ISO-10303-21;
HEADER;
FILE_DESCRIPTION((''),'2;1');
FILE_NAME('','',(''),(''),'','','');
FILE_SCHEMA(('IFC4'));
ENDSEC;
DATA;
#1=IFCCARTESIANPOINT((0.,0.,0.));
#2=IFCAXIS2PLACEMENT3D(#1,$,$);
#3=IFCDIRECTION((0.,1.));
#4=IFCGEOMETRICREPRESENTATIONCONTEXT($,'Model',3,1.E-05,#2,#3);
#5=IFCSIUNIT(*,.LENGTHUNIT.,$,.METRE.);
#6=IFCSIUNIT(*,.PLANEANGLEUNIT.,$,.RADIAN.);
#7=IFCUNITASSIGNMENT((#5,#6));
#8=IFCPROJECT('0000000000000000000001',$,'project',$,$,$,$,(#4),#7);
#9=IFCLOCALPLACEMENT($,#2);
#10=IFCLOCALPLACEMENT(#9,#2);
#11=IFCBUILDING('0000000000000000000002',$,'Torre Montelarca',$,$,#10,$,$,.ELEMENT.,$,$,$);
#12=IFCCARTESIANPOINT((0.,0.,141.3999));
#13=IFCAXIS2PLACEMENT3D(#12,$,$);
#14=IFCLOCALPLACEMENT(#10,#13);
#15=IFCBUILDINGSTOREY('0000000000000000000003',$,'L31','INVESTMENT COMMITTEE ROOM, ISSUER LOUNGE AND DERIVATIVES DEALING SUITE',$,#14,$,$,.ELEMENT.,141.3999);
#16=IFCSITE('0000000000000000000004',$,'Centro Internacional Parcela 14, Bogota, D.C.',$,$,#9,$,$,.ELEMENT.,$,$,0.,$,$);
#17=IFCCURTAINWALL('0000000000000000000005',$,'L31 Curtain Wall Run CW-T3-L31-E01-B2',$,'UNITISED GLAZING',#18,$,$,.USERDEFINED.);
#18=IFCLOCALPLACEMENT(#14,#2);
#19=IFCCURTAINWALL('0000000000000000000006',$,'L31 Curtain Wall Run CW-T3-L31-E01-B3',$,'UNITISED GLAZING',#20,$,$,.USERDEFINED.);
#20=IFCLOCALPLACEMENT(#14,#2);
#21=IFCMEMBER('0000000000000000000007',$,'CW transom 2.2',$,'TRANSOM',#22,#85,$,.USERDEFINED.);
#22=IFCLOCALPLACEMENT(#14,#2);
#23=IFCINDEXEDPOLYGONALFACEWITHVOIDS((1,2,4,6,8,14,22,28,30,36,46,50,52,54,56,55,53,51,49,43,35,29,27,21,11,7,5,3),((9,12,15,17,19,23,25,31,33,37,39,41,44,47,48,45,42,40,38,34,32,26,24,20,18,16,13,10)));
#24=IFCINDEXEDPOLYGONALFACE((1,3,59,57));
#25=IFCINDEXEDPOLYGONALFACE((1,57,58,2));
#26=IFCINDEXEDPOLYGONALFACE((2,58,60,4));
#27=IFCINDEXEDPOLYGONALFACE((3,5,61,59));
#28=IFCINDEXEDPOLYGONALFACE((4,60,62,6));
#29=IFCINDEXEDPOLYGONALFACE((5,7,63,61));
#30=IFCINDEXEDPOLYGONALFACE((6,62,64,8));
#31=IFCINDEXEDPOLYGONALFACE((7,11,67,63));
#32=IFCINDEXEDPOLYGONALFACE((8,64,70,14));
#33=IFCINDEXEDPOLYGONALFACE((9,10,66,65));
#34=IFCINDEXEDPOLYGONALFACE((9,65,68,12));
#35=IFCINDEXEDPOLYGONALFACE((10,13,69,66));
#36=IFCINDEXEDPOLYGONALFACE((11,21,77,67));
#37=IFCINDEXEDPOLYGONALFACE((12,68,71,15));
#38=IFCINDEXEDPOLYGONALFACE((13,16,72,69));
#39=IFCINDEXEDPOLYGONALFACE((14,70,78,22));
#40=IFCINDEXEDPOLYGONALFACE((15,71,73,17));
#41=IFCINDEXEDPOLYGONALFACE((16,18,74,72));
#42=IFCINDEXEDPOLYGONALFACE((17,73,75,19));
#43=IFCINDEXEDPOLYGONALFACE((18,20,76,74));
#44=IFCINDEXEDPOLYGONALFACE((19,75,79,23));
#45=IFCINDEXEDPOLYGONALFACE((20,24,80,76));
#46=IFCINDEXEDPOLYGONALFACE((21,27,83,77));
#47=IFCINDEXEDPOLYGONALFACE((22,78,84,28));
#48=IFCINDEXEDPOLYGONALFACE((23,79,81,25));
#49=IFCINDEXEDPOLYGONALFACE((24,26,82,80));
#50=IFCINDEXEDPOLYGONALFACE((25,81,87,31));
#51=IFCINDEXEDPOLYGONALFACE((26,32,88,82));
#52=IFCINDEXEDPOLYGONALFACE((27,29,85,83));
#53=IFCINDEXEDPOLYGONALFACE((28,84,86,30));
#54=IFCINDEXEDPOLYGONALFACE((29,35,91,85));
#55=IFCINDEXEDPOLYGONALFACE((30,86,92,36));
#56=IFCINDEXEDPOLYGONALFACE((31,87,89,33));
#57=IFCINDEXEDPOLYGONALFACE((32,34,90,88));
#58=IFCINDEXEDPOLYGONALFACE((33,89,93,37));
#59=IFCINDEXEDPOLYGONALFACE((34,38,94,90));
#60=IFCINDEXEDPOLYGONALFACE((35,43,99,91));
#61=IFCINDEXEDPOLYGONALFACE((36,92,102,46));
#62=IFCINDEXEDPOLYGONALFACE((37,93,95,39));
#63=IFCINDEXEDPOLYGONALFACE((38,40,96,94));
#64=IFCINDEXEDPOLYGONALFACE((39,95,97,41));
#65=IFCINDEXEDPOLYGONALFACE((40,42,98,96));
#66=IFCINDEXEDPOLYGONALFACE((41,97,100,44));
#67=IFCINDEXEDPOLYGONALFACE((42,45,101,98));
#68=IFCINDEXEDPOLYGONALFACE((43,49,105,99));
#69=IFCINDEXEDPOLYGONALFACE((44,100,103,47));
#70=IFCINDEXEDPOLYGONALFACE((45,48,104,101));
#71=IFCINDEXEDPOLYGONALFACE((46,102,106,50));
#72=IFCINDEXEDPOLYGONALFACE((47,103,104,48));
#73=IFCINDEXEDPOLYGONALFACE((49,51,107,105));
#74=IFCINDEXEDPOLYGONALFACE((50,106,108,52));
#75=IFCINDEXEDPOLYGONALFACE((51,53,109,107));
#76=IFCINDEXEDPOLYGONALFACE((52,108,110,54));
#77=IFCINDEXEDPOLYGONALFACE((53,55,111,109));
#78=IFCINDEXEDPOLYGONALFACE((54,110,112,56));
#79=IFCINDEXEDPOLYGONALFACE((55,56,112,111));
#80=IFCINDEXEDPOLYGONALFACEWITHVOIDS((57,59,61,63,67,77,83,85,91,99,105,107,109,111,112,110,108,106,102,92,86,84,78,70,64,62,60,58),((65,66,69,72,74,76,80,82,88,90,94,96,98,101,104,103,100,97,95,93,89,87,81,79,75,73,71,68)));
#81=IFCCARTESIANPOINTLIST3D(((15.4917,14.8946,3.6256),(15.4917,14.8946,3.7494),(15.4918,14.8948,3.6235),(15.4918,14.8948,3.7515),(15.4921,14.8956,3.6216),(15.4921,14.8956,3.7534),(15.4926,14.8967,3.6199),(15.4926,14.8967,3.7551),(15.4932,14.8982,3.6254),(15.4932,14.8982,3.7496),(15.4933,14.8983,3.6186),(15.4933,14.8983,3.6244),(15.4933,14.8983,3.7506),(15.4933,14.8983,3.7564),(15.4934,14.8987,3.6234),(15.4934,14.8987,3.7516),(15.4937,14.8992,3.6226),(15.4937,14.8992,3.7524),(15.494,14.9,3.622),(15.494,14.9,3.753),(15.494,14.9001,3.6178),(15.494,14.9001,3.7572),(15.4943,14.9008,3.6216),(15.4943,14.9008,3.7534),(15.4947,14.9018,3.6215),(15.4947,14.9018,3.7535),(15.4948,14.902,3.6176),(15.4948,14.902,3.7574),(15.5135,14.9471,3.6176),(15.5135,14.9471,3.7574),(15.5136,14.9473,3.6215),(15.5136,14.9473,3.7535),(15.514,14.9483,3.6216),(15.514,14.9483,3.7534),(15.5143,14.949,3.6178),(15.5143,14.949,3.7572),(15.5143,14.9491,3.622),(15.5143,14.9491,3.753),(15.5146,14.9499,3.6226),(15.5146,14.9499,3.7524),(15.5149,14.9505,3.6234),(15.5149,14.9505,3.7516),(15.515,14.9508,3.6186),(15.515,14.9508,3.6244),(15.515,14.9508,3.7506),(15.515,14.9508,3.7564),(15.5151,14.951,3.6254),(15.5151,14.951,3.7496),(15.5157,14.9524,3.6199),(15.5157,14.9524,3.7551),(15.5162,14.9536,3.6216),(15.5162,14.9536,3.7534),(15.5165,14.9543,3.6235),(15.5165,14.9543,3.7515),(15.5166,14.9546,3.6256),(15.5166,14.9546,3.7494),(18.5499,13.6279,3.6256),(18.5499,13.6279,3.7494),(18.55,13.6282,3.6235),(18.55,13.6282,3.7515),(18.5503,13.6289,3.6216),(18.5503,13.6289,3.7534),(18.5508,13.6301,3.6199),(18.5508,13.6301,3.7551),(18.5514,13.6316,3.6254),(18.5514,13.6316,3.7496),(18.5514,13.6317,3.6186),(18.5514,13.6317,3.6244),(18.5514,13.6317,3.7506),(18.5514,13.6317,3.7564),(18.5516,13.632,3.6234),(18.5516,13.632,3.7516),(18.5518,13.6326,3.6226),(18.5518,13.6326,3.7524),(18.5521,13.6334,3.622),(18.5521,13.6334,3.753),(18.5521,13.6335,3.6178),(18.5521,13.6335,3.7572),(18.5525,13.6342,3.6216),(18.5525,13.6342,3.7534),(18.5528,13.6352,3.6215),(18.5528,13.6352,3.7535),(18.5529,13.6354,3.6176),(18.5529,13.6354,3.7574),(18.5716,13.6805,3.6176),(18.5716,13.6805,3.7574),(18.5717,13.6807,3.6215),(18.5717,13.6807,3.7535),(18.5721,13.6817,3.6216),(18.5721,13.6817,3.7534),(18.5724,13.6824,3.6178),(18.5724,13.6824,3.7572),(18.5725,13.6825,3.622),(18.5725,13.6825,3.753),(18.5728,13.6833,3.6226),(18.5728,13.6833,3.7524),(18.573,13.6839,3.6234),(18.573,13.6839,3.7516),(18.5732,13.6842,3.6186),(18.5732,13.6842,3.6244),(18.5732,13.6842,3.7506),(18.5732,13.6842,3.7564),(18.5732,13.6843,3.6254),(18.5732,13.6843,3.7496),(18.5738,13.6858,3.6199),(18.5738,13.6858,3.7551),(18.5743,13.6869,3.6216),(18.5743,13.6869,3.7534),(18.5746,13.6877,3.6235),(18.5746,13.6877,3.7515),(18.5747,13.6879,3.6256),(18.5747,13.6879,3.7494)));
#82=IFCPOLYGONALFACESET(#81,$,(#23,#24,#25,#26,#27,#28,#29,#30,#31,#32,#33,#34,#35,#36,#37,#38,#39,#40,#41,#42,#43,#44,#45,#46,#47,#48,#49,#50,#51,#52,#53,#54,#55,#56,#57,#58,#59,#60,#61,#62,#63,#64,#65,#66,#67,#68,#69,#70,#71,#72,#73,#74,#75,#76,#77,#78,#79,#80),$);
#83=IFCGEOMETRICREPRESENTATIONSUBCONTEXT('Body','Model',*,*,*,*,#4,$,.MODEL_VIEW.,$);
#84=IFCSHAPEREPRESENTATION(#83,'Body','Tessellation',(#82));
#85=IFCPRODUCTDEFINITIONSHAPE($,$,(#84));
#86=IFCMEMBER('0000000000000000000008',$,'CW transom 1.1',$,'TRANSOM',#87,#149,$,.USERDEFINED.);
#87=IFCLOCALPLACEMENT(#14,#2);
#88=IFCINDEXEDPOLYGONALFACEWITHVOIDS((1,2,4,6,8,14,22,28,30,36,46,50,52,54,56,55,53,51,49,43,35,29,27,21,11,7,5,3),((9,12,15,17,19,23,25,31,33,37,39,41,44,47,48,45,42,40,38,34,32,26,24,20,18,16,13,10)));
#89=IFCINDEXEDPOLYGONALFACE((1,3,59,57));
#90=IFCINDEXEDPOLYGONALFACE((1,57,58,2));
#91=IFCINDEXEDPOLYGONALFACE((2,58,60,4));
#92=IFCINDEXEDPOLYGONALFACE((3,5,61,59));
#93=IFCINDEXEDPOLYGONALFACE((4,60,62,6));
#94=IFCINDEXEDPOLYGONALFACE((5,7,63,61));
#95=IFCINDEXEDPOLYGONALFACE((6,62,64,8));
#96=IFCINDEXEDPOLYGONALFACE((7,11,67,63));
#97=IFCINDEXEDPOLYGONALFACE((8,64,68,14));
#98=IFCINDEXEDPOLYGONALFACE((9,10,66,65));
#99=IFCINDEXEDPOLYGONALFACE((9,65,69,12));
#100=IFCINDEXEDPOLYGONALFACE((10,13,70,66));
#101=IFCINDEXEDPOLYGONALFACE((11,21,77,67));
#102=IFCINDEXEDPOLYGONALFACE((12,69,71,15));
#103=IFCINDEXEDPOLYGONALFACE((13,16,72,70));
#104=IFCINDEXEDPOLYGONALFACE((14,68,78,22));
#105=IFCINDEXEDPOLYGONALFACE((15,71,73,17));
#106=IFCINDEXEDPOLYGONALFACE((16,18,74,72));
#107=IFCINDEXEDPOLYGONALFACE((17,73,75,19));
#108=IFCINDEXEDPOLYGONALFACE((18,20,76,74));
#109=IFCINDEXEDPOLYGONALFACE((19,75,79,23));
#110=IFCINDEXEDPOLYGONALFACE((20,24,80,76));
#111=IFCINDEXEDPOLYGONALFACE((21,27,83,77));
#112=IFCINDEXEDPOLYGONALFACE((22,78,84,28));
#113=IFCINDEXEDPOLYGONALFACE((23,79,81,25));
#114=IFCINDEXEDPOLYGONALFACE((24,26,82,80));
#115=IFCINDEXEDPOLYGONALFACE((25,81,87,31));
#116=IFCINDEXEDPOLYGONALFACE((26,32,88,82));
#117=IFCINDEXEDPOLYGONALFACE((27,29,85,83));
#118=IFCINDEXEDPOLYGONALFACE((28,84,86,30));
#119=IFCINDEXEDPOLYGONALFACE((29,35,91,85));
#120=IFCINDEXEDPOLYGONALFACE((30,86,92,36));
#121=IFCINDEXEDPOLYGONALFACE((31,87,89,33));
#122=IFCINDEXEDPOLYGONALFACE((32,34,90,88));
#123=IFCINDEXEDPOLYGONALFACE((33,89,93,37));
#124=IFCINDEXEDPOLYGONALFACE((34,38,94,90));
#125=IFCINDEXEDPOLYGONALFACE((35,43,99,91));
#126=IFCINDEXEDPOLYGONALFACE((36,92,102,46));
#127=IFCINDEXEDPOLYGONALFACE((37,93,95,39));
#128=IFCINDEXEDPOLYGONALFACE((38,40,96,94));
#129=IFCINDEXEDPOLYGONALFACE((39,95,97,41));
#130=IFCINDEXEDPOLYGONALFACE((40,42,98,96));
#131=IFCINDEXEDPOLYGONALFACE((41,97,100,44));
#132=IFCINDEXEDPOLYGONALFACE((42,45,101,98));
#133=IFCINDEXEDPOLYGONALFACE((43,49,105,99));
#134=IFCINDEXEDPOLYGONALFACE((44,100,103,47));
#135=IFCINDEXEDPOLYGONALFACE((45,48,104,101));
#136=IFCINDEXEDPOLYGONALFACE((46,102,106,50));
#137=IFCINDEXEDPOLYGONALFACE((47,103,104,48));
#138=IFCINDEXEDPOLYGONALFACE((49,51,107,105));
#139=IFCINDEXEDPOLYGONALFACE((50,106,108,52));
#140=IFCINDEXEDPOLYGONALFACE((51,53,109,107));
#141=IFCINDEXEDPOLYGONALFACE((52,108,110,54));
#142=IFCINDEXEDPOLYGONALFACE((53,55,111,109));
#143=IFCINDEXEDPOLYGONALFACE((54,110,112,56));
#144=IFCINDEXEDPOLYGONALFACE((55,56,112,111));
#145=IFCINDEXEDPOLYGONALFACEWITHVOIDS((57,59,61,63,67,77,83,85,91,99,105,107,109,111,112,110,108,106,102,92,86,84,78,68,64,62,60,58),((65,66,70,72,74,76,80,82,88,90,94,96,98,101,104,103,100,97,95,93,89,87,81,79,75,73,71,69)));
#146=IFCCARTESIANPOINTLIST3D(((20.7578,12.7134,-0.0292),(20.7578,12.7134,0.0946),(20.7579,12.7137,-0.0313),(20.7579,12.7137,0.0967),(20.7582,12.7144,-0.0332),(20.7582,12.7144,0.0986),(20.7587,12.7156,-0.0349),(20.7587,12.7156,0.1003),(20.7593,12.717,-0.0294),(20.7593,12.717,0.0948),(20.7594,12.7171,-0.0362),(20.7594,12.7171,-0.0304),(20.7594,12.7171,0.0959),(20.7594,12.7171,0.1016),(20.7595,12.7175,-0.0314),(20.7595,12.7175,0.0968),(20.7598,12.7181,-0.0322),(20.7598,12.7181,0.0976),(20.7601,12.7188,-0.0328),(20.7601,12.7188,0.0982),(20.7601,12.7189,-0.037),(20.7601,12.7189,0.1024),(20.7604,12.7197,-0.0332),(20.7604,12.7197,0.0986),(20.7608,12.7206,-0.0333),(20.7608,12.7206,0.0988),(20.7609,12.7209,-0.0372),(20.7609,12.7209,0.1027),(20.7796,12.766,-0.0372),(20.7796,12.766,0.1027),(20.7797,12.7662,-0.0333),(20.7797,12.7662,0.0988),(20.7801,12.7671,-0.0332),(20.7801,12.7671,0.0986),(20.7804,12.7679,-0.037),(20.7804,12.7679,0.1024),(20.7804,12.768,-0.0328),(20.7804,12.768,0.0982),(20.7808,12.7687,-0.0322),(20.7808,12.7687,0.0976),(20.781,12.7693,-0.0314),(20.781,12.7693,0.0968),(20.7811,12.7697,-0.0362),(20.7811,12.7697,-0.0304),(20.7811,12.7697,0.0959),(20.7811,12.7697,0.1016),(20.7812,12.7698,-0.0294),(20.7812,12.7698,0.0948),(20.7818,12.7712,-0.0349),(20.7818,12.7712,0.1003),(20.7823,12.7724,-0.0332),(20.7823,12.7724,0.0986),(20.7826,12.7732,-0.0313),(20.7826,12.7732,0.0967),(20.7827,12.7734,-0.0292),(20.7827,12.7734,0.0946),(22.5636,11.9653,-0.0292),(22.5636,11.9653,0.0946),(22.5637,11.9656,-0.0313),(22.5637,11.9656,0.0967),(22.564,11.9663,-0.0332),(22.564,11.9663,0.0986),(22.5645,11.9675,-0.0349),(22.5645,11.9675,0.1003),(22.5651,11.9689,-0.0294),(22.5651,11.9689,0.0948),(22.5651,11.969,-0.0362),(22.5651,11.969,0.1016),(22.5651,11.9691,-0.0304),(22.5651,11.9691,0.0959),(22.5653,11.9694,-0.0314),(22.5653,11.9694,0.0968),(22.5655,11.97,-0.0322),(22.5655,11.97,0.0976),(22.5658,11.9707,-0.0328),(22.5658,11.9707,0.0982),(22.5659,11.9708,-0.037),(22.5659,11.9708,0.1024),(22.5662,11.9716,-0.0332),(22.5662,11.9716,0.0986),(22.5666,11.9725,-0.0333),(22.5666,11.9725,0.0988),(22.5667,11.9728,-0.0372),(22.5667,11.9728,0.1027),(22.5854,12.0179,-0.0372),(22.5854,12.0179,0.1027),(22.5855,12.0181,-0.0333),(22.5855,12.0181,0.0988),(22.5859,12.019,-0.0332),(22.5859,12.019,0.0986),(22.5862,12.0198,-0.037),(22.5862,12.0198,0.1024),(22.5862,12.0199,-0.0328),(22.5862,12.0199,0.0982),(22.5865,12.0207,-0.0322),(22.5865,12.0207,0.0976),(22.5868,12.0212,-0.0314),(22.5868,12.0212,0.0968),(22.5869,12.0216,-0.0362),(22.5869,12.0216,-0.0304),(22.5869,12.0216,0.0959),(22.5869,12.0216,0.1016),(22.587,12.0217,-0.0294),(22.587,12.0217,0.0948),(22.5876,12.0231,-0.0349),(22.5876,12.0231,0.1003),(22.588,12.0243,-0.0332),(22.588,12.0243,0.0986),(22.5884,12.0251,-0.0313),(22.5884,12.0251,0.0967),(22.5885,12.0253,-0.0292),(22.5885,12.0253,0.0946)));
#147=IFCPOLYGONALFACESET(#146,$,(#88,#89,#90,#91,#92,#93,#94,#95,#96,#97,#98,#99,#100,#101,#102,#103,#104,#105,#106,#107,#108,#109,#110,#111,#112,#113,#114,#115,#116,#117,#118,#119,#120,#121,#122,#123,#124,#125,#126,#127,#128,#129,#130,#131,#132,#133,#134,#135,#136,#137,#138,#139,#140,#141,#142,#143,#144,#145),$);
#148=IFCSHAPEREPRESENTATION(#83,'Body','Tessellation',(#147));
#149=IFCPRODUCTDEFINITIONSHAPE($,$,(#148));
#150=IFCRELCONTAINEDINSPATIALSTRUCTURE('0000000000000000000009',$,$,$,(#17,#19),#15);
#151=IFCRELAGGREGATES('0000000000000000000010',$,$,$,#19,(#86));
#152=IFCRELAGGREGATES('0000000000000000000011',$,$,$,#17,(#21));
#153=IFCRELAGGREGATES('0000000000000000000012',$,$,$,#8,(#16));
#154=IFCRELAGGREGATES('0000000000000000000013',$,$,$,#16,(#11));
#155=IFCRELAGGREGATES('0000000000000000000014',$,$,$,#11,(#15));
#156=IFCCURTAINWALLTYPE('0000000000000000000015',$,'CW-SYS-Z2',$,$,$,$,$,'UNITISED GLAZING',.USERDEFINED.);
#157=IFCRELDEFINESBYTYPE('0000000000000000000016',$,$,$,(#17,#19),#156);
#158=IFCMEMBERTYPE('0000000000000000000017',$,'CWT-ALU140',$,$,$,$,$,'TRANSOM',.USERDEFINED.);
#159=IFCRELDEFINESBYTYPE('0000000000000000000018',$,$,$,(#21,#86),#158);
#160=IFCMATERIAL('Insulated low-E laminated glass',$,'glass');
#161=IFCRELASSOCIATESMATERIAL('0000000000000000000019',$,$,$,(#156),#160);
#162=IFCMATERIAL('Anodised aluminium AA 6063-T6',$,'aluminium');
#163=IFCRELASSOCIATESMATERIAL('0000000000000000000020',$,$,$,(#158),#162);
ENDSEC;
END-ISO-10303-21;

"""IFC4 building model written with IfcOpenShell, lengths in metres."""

from ifc_helpers import new_model, si_unit, direction, frame, origin, origin_2d, place, context, subcontext, project, spatial, hollow_rectangle, extrude, source, transform, mapped, material, material_profile, profile_set, type_object, element, aggregate, save


model = new_model("IFC4")

# Units and contexts
model_context = context("Model", 3, precision=1e-05, world=origin(), true_north=direction((0.0, 1.0)))
body_context = subcontext(model_context, "Body", "Model", "MODEL_VIEW")
ifc_project = project(units=[si_unit("LENGTHUNIT", "METRE"), si_unit("PLANEANGLEUNIT", "RADIAN")], contexts=[model_context])

# Site, building, storey
site_placement = place(None, origin())
site = spatial("IfcSite", under=ifc_project, at=site_placement, Name="Centro Internacional Parcela 14, Bogota, D.C.", CompositionType="ELEMENT", RefElevation=0.0)
building_placement = place(site_placement, origin())
building = spatial("IfcBuilding", under=site, at=building_placement, Name="Torre Montelarca", CompositionType="ELEMENT")
storey_placement = place(building_placement, frame((0.0, 0.0, 141.3999)))
storey = spatial("IfcBuildingStorey", under=building, at=storey_placement, Name="L31", Description="INVESTMENT COMMITTEE ROOM, ISSUER LOUNGE AND DERIVATIVES DEALING SUITE", CompositionType="ELEMENT", Elevation=141.3999)

# Curtain wall
ifc_material_1 = material(Name="Insulated low-E laminated glass", Category="glass")
curtain_wall_type = type_object("IfcCurtainWallType", Name="CW-SYS-Z2", ElementType="UNITISED GLAZING", PredefinedType="USERDEFINED", material=ifc_material_1)
ifc_material_2 = material(Name="Anodised aluminium AA 6063-T6", Category="aluminium")
curtain_wall_1_placement = place(storey_placement, origin())
curtain_wall_1 = element("IfcCurtainWall", 1, at=curtain_wall_1_placement, inside=storey, type_object=curtain_wall_type, Name="L31 Curtain Wall Run CW-T3-L31-E01-B2", ObjectType="UNITISED GLAZING", PredefinedType="USERDEFINED")

# Curtain wall
curtain_wall_2_placement = place(storey_placement, origin())
curtain_wall_2 = element("IfcCurtainWall", 2, at=curtain_wall_2_placement, inside=storey, type_object=curtain_wall_type, Name="L31 Curtain Wall Run CW-T3-L31-E01-B3", ObjectType="UNITISED GLAZING", PredefinedType="USERDEFINED")

# Members
ifc_material_profile_1 = material_profile(ifc_material_2, hollow_rectangle(XDim=0.0649, YDim=0.1399, WallThickness=0.0039, InnerFilletRadius=0.0039, OuterFilletRadius=0.0081, at=origin_2d()), Name="ALU65X140X4", Category="aluminium")
ifc_profile_set_1 = profile_set([ifc_material_profile_1], Name="Anodised aluminium AA 6063-T6")
member_type_1 = type_object("IfcMemberType", Name="CWT-ALU140", ElementType="TRANSOM", PredefinedType="USERDEFINED", material=ifc_profile_set_1)
shared_shape_1 = source(origin(), body_context, "Body", "SweptSolid", [
    extrude(hollow_rectangle(XDim=0.0649, YDim=0.1399, WallThickness=0.0039, InnerFilletRadius=0.0039, OuterFilletRadius=0.0081, at=origin_2d()), origin(), (0.0, 0.0, 1.0), 3.3101),
])
member_1_placement = place(storey_placement, frame((15.5042, 14.9246, 3.6875), z_axis=(0.923891, -0.382656, 0.0), x_axis=(0.382656, 0.923891, 0.0)))
member_1 = element("IfcMember", 3, at=member_1_placement, type_object=member_type_1, Name="CW transom 2.2", ObjectType="TRANSOM", PredefinedType="USERDEFINED", context=body_context, shape_type="MappedRepresentation", body=[
    mapped(shared_shape_1, transform((0.0, 0.0, 0.0), scale=1.0)),
])
shared_shape_2 = source(origin(), body_context, "Body", "SweptSolid", [
    extrude(hollow_rectangle(XDim=0.0649, YDim=0.1399, WallThickness=0.0039, InnerFilletRadius=0.0039, OuterFilletRadius=0.0081, at=origin_2d()), origin(), (0.0, 0.0, 1.0), 1.9546),
])
member_2_placement = place(storey_placement, frame((20.7703, 12.7434, 0.0327), z_axis=(0.923858, -0.382734, 0.0), x_axis=(0.382734, 0.923858, 0.0)))
member_2 = element("IfcMember", 4, at=member_2_placement, type_object=member_type_1, Name="CW transom 1.1", ObjectType="TRANSOM", PredefinedType="USERDEFINED", context=body_context, shape_type="MappedRepresentation", body=[
    mapped(shared_shape_2, transform((0.0, 0.0, 0.0), scale=1.0)),
])
aggregate(curtain_wall_2, [member_2])

aggregate(curtain_wall_1, [member_1])

save(model, "model.ifc")
